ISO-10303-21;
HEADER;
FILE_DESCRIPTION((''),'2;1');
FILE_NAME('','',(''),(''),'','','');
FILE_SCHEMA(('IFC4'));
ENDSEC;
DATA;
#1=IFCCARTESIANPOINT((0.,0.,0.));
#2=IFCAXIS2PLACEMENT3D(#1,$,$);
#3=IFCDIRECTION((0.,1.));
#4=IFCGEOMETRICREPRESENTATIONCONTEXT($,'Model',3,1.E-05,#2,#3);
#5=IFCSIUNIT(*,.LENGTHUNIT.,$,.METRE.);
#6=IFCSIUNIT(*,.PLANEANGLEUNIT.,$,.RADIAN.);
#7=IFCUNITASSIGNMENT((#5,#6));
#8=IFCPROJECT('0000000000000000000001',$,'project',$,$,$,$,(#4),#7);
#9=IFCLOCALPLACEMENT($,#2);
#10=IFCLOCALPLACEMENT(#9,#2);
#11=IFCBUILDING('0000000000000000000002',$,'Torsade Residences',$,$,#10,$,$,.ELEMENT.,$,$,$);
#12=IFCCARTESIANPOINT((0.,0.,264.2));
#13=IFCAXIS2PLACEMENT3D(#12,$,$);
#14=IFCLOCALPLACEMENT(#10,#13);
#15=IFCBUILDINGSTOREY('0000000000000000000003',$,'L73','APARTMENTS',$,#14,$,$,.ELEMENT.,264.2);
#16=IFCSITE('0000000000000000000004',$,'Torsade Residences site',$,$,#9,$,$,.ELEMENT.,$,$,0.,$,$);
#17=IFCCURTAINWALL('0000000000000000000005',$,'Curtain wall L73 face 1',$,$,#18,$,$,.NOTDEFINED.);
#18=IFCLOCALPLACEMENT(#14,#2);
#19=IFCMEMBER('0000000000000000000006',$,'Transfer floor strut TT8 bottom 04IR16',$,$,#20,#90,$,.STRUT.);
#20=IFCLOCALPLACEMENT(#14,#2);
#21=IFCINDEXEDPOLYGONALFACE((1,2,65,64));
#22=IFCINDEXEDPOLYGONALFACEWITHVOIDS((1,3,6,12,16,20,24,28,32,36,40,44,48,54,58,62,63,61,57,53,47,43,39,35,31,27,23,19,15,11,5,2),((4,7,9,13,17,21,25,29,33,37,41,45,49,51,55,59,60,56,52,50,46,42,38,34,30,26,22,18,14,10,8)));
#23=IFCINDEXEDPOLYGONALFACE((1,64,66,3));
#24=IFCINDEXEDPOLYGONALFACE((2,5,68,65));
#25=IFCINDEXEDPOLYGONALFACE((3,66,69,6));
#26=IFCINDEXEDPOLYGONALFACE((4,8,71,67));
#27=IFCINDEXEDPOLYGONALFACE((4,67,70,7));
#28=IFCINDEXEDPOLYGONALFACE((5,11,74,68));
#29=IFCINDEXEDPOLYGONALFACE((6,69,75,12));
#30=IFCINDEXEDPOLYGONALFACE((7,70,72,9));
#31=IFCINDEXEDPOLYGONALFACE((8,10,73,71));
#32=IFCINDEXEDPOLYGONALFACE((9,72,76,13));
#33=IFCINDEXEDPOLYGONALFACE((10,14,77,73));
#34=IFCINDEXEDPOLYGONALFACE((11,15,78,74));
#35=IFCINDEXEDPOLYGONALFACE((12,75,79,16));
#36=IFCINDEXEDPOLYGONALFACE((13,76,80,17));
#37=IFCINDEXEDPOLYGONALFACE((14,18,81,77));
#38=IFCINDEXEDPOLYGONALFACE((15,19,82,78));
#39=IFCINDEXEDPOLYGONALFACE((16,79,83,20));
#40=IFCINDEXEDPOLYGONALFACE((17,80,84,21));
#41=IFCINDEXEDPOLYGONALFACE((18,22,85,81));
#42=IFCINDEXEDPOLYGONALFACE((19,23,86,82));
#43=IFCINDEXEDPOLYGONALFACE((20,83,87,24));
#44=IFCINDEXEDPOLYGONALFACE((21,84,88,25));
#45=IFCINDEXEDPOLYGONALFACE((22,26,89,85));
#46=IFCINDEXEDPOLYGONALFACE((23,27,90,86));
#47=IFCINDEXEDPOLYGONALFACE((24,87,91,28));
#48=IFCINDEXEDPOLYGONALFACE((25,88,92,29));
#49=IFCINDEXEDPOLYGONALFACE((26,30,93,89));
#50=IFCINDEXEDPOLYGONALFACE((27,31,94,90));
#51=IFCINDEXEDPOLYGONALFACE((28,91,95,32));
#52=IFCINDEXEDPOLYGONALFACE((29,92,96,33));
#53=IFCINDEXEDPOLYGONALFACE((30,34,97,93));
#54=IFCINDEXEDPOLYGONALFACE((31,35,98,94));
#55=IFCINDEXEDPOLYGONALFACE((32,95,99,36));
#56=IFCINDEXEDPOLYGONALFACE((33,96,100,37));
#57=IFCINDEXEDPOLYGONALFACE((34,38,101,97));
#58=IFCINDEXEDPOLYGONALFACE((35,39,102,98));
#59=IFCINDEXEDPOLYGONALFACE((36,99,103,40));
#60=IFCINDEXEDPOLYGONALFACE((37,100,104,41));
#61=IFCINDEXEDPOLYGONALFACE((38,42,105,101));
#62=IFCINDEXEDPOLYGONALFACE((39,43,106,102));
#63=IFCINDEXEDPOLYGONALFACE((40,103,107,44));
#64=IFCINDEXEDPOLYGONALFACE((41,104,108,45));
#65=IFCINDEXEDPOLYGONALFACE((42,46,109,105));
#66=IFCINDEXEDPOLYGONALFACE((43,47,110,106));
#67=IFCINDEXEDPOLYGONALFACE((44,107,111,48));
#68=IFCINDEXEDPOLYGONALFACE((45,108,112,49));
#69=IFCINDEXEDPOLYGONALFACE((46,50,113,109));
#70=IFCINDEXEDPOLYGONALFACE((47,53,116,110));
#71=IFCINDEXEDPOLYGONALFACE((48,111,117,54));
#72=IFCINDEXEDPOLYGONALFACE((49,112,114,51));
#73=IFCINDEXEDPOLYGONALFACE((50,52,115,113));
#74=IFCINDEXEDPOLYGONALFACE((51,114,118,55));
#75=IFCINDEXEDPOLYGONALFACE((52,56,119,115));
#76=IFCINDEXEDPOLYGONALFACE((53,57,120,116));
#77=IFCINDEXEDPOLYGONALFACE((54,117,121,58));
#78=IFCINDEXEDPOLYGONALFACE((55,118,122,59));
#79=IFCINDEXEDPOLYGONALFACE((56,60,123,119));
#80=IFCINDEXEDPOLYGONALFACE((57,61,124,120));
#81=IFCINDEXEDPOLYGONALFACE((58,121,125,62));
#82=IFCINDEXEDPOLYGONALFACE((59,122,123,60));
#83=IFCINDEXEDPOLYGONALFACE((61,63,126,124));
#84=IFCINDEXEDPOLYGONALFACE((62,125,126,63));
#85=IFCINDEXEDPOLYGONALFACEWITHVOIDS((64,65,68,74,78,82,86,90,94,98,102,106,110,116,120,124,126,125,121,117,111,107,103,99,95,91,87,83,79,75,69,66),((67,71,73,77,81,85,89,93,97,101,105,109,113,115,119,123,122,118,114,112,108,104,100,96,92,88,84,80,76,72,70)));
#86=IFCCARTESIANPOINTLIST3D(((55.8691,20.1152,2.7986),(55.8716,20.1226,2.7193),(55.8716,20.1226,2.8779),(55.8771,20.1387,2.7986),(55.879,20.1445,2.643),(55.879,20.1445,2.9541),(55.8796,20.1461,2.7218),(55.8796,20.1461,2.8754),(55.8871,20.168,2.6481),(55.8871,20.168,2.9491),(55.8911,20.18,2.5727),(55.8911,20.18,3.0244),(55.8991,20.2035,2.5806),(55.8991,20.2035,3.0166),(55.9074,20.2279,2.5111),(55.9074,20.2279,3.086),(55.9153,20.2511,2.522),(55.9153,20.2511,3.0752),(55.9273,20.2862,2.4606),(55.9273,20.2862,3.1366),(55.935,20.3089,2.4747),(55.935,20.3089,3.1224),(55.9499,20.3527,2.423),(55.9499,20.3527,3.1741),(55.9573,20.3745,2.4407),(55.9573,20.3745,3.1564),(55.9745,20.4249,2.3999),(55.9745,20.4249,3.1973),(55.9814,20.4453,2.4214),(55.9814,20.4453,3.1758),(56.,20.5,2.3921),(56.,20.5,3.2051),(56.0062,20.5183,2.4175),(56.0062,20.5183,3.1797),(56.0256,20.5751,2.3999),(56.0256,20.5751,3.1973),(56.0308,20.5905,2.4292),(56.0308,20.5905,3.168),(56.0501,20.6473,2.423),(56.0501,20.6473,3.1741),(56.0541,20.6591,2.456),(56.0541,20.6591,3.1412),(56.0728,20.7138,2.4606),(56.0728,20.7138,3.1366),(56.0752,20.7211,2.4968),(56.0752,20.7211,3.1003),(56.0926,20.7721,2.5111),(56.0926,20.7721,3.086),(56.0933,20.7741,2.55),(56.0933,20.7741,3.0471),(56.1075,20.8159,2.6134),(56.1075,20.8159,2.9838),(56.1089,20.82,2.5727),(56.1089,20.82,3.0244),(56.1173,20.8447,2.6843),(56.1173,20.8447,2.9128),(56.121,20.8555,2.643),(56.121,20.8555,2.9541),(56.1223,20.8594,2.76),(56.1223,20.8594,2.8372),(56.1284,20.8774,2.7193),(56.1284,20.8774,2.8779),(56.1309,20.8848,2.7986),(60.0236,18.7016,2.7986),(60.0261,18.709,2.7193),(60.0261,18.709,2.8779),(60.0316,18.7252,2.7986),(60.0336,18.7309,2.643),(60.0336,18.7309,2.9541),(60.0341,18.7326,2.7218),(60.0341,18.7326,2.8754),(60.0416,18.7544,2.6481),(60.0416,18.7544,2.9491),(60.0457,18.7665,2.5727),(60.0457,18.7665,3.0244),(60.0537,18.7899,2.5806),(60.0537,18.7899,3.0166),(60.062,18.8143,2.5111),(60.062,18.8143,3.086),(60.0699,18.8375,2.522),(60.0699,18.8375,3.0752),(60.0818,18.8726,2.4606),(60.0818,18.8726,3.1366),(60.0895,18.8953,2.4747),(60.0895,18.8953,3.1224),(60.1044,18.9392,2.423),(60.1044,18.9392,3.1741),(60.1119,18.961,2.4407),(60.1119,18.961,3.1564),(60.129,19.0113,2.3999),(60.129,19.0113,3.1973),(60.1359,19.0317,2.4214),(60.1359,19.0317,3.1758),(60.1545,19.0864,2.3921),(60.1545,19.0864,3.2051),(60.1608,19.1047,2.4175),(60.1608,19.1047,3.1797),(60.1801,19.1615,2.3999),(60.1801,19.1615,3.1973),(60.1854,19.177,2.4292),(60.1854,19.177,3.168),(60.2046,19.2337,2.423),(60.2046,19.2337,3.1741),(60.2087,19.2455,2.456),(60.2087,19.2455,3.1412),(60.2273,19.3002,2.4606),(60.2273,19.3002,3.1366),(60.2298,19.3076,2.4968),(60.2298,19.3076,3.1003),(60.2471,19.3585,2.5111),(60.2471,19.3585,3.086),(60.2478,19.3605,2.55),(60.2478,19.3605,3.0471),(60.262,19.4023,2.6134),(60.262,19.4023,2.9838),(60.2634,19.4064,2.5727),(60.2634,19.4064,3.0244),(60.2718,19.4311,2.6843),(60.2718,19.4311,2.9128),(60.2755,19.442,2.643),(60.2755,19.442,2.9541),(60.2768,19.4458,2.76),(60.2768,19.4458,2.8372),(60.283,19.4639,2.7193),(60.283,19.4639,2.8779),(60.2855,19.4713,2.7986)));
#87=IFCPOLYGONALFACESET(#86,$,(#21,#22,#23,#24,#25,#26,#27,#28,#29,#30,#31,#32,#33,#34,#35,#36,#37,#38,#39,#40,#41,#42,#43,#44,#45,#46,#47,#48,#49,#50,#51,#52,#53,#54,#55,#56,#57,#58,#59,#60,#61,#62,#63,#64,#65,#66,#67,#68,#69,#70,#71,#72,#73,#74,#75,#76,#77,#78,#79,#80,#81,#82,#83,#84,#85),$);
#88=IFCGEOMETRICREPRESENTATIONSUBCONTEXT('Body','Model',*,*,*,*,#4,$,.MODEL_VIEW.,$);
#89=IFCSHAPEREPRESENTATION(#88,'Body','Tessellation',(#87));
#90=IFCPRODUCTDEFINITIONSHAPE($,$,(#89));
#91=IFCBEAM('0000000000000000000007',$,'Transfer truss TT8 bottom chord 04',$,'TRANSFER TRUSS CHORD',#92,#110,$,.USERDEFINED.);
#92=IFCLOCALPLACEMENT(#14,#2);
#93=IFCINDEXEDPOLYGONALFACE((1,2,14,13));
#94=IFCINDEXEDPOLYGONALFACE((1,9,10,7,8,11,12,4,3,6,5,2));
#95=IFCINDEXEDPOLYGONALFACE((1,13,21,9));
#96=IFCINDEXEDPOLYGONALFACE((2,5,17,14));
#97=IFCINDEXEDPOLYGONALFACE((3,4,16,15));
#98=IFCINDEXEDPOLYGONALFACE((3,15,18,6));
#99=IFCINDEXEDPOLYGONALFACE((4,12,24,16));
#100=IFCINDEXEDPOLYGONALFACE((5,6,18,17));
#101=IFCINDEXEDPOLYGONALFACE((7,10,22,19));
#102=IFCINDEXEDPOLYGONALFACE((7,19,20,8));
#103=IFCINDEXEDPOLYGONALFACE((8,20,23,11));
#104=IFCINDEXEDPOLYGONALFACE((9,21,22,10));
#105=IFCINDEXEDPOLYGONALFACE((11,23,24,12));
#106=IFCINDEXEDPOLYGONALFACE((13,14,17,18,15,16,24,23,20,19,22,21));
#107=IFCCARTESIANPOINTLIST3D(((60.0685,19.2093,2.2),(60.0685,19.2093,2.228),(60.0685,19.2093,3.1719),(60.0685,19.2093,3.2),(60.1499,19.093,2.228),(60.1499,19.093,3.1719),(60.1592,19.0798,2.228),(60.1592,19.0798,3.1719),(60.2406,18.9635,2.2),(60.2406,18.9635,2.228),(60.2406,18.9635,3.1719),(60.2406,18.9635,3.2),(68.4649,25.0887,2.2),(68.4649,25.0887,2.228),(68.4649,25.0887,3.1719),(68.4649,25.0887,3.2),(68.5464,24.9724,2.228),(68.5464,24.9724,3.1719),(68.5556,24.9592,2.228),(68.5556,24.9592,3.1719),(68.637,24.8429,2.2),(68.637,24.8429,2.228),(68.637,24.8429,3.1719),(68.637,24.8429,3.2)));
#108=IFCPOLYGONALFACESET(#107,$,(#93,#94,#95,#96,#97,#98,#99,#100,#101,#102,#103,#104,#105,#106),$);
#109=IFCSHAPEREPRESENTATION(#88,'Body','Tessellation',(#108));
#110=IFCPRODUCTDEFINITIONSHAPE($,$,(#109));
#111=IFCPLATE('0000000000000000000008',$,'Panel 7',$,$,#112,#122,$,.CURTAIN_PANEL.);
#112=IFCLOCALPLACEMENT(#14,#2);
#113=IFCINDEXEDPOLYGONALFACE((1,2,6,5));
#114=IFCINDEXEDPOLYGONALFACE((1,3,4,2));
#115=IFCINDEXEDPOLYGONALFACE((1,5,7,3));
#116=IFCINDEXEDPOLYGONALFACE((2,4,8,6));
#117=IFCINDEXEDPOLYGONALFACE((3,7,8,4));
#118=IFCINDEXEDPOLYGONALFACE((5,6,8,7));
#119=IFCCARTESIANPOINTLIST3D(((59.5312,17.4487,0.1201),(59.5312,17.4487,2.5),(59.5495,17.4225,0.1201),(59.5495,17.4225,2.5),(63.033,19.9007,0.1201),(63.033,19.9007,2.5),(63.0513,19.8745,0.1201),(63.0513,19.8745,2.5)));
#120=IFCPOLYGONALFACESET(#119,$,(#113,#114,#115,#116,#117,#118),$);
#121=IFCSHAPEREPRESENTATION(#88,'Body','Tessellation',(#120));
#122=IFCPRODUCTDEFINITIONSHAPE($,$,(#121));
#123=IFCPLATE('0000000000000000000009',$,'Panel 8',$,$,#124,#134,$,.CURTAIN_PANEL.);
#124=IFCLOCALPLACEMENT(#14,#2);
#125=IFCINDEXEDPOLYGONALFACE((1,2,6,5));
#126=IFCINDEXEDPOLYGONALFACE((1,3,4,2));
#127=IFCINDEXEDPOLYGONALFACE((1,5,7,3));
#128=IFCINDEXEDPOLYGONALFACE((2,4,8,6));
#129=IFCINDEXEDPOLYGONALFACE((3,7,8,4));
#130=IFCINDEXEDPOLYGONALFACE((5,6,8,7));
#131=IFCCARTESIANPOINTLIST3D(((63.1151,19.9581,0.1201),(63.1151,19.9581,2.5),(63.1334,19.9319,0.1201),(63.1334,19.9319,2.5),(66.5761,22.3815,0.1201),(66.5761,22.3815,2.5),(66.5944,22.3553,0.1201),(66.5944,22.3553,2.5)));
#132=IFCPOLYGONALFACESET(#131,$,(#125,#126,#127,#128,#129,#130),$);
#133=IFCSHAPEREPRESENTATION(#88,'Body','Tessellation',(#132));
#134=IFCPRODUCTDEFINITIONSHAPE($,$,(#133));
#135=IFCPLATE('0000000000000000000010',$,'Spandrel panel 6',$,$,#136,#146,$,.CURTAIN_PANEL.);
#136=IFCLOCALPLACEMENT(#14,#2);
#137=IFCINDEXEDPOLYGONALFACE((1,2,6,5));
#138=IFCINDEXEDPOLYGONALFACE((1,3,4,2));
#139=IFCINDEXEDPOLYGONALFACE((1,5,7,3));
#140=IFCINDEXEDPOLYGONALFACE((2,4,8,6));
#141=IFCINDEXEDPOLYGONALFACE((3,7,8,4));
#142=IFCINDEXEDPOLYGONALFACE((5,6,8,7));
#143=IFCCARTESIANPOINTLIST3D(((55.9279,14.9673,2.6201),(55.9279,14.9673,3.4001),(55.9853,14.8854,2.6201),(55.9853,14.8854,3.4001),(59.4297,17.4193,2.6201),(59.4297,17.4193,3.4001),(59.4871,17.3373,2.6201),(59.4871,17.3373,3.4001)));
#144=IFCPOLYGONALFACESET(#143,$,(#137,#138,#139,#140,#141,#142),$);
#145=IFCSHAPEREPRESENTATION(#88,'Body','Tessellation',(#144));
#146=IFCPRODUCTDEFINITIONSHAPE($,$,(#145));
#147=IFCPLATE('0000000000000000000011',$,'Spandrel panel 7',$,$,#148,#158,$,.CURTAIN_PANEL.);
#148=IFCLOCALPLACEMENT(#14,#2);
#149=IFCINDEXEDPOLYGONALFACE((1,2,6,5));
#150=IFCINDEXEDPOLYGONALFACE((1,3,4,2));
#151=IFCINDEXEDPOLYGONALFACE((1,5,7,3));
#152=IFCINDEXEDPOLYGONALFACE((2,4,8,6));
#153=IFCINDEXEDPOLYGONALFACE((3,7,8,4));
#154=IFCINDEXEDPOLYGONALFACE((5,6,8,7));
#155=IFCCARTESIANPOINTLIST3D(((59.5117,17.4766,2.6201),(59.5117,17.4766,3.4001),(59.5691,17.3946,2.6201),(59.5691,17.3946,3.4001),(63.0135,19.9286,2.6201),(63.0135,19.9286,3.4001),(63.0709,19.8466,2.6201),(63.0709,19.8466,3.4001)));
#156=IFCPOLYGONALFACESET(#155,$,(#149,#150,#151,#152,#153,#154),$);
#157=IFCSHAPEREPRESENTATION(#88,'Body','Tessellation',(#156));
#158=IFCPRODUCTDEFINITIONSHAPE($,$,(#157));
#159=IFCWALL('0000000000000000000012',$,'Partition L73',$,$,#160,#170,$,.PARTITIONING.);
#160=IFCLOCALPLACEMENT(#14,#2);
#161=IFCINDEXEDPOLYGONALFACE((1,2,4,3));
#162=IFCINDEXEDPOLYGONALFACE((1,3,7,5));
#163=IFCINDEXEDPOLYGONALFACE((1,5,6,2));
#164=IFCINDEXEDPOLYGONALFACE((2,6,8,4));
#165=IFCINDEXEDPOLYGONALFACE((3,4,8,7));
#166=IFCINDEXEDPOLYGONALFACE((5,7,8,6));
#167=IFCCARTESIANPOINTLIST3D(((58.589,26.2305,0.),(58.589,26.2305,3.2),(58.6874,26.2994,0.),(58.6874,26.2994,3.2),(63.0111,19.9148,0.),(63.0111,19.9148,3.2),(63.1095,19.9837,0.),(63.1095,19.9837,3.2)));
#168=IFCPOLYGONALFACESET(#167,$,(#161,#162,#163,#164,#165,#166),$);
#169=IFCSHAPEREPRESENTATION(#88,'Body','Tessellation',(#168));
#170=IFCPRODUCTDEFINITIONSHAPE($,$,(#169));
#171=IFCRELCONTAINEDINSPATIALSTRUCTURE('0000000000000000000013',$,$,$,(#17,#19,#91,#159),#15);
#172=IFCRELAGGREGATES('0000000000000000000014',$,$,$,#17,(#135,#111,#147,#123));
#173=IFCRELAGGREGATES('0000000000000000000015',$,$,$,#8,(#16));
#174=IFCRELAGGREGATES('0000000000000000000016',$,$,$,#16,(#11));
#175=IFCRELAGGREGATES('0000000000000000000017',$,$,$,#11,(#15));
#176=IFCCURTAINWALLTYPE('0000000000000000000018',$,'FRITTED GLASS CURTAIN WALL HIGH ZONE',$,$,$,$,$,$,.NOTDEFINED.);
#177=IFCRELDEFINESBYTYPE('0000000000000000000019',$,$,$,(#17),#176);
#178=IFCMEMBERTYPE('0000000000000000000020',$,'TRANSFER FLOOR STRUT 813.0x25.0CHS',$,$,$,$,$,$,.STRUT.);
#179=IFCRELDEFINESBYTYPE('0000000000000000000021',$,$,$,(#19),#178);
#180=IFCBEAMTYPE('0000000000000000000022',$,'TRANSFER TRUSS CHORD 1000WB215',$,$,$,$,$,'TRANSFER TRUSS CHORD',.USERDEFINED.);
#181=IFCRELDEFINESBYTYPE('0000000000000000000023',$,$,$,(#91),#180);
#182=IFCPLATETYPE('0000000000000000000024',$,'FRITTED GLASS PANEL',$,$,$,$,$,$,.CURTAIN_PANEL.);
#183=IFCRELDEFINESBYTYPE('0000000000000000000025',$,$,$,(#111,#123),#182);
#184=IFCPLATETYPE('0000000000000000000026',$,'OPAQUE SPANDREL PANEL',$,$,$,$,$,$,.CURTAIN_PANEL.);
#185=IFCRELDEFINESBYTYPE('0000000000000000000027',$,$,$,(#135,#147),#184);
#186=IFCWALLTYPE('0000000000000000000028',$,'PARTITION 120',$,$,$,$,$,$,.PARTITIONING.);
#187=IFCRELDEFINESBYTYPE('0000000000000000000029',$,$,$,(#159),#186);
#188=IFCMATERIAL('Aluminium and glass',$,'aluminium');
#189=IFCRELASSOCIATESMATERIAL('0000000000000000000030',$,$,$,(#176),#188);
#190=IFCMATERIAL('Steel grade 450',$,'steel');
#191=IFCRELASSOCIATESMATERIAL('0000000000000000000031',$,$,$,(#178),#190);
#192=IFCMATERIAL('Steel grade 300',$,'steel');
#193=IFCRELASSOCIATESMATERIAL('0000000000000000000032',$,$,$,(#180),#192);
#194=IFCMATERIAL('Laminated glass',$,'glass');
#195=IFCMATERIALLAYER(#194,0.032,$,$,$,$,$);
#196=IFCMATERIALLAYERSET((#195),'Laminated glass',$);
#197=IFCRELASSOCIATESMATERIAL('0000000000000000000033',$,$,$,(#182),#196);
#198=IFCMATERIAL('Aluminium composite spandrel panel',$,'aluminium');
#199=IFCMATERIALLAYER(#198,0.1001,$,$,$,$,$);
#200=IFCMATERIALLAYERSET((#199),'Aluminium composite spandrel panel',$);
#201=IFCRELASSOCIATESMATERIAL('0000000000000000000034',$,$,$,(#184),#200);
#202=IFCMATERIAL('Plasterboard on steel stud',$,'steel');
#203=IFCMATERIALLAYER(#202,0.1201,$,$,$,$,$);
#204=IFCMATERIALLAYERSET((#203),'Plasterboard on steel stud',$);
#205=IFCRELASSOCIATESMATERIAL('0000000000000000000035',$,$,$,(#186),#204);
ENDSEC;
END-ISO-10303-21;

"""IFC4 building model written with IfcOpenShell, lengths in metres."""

from ifc_helpers import new_model, si_unit, direction, frame, frame_2d, origin, origin_2d, place, context, subcontext, project, spatial, rectangle, hollow_circle, i_section, extrude, material, layer, layer_set, material_profile, profile_set, type_object, element, aggregate, save


model = new_model("IFC4")

# Units and contexts
model_context = context("Model", 3, precision=1e-05, world=origin(), true_north=direction((0.0, 1.0)))
body_context = subcontext(model_context, "Body", "Model", "MODEL_VIEW")
ifc_project = project(units=[si_unit("LENGTHUNIT", "METRE"), si_unit("PLANEANGLEUNIT", "RADIAN")], contexts=[model_context])

# Site, building, storey
site_placement = place(None, origin())
site = spatial("IfcSite", under=ifc_project, at=site_placement, Name="Torsade Residences site", CompositionType="ELEMENT", RefElevation=0.0)
building_placement = place(site_placement, origin())
building = spatial("IfcBuilding", under=site, at=building_placement, Name="Torsade Residences", CompositionType="ELEMENT")
storey_placement = place(building_placement, frame((0.0, 0.0, 264.2)))
storey = spatial("IfcBuildingStorey", under=building, at=storey_placement, Name="L73", Description="APARTMENTS", CompositionType="ELEMENT", Elevation=264.2)

# Curtain wall
ifc_material_1 = material(Name="Aluminium and glass", Category="aluminium")
curtain_wall_type = type_object("IfcCurtainWallType", Name="FRITTED GLASS CURTAIN WALL HIGH ZONE", PredefinedType="NOTDEFINED", material=ifc_material_1)
curtain_wall_placement = place(storey_placement, origin())
curtain_wall = element("IfcCurtainWall", 1, at=curtain_wall_placement, inside=storey, type_object=curtain_wall_type, Name="Curtain wall L73 face 1", PredefinedType="NOTDEFINED")

# Member
ifc_material_2 = material(Name="Steel grade 450", Category="steel")
ifc_material_profile_1 = material_profile(ifc_material_2, hollow_circle(Radius=0.4065, WallThickness=0.0249, at=origin_2d()), Name="813.0x25.0CHS")
ifc_profile_set_1 = profile_set([ifc_material_profile_1], Name="Steel grade 450")
member_type_1 = type_object("IfcMemberType", Name="TRANSFER FLOOR STRUT 813.0x25.0CHS", PredefinedType="STRUT", material=ifc_profile_set_1)
member_1_placement = place(storey_placement, frame((60.1545, 19.0864, 2.7986), z_axis=(-0.946701, 0.322113, 0.0), x_axis=(-0.322113, -0.946701, 0.0)))
element("IfcMember", 2, at=member_1_placement, inside=storey, type_object=member_type_1, Name="Transfer floor strut TT8 bottom 04IR16", PredefinedType="STRUT", context=body_context, shape_type="SweptSolid", body=[
    extrude(hollow_circle(Radius=0.4065, WallThickness=0.0249, at=origin_2d()), origin(), (0.0, 0.0, 1.0), 4.3884),
])

# Beam
ifc_material_3 = material(Name="Steel grade 300", Category="steel")
ifc_material_profile_2 = material_profile(ifc_material_3, i_section(OverallWidth=0.3, OverallDepth=1.0, WebThickness=0.0161, FlangeThickness=0.0281, at=origin_2d()), Name="1000WB215")
ifc_profile_set_2 = profile_set([ifc_material_profile_2], Name="Steel grade 300")
beam_type_1 = type_object("IfcBeamType", Name="TRANSFER TRUSS CHORD 1000WB215", ElementType="TRANSFER TRUSS CHORD", PredefinedType="USERDEFINED", material=ifc_profile_set_2)
beam_1_placement = place(storey_placement, frame((60.1545, 19.0864, 2.7), z_axis=(0.819147, 0.573584, 0.0), x_axis=(-0.573584, 0.819147, 0.0)))
element("IfcBeam", 3, at=beam_1_placement, inside=storey, type_object=beam_type_1, Name="Transfer truss TT8 bottom chord 04", ObjectType="TRANSFER TRUSS CHORD", PredefinedType="USERDEFINED", context=body_context, shape_type="SweptSolid", body=[
    extrude(i_section(OverallWidth=0.3, OverallDepth=1.0, WebThickness=0.0161, FlangeThickness=0.0281, at=origin_2d()), origin(), (0.0, 0.0, 1.0), 10.2502),
])

# Plates
ifc_material_4 = material(Name="Laminated glass", Category="glass")
ifc_layer_1 = layer(ifc_material_4, 0.032)
ifc_layer_set_1 = layer_set([ifc_layer_1], Name="Laminated glass")
plate_type_1 = type_object("IfcPlateType", Name="FRITTED GLASS PANEL", PredefinedType="CURTAIN_PANEL", material=ifc_layer_set_1)
plate_1_placement = place(storey_placement, frame((61.2913, 18.6616, 0.1201), z_axis=(0.0, 0.0, 1.0), x_axis=(0.819152, 0.573576, 0.0)))
plate_1 = element("IfcPlate", 4, at=plate_1_placement, type_object=plate_type_1, Name="Panel 7", PredefinedType="CURTAIN_PANEL", context=body_context, shape_type="SweptSolid", body=[
    extrude(rectangle(XDim=4.2749, YDim=0.032, at=origin_2d()), origin(), (0.0, 0.0, 1.0), 2.3799),
])
plate_2_placement = place(storey_placement, frame((64.8547, 21.1567, 0.1201), z_axis=(0.0, 0.0, 1.0), x_axis=(0.819152, 0.573576, 0.0)))
plate_2 = element("IfcPlate", 5, at=plate_2_placement, type_object=plate_type_1, Name="Panel 8", PredefinedType="CURTAIN_PANEL", context=body_context, shape_type="SweptSolid", body=[
    extrude(rectangle(XDim=4.2251, YDim=0.032, at=origin_2d()), origin(), (0.0, 0.0, 1.0), 2.3799),
])
ifc_material_5 = material(Name="Aluminium composite spandrel panel", Category="aluminium")
ifc_layer_2 = layer(ifc_material_5, 0.1001)
ifc_layer_set_2 = layer_set([ifc_layer_2], Name="Aluminium composite spandrel panel")
plate_type_2 = type_object("IfcPlateType", Name="OPAQUE SPANDREL PANEL", PredefinedType="CURTAIN_PANEL", material=ifc_layer_set_2)
plate_3_placement = place(storey_placement, frame((57.7075, 16.1523, 2.6201), z_axis=(0.0, 0.0, 1.0), x_axis=(0.819152, 0.573576, 0.0)))
plate_3 = element("IfcPlate", 6, at=plate_3_placement, type_object=plate_type_2, Name="Spandrel panel 6", PredefinedType="CURTAIN_PANEL", context=body_context, shape_type="SweptSolid", body=[
    extrude(rectangle(XDim=4.2749, YDim=0.1001, at=origin_2d()), origin(), (0.0, 0.0, 1.0), 0.78),
])
plate_4_placement = place(storey_placement, frame((61.2913, 18.6616, 2.6201), z_axis=(0.0, 0.0, 1.0), x_axis=(0.819152, 0.573576, 0.0)))
plate_4 = element("IfcPlate", 7, at=plate_4_placement, type_object=plate_type_2, Name="Spandrel panel 7", PredefinedType="CURTAIN_PANEL", context=body_context, shape_type="SweptSolid", body=[
    extrude(rectangle(XDim=4.2749, YDim=0.1001, at=origin_2d()), origin(), (0.0, 0.0, 1.0), 0.78),
])
aggregate(curtain_wall, [plate_3, plate_1, plate_4, plate_2])

# Wall
ifc_material_6 = material(Name="Plasterboard on steel stud", Category="steel")
ifc_layer_3 = layer(ifc_material_6, 0.1201)
ifc_layer_set_3 = layer_set([ifc_layer_3], Name="Plasterboard on steel stud")
wall_type = type_object("IfcWallType", Name="PARTITION 120", PredefinedType="PARTITIONING", material=ifc_layer_set_3)
wall_placement = place(storey_placement, frame((63.0603, 19.9492, 0.0), z_axis=(0.0, 0.0, 1.0), x_axis=(-0.573562, 0.819162, 0.0)))
element("IfcWall", 8, at=wall_placement, inside=storey, type_object=wall_type, Name="Partition L73", PredefinedType="PARTITIONING", context=body_context, shape_type="SweptSolid", body=[
    extrude(rectangle(XDim=7.71, YDim=0.1201, at=frame_2d((3.855, 0.0))), origin(), (0.0, 0.0, 1.0), 3.2),
])

save(model, "model.ifc")
